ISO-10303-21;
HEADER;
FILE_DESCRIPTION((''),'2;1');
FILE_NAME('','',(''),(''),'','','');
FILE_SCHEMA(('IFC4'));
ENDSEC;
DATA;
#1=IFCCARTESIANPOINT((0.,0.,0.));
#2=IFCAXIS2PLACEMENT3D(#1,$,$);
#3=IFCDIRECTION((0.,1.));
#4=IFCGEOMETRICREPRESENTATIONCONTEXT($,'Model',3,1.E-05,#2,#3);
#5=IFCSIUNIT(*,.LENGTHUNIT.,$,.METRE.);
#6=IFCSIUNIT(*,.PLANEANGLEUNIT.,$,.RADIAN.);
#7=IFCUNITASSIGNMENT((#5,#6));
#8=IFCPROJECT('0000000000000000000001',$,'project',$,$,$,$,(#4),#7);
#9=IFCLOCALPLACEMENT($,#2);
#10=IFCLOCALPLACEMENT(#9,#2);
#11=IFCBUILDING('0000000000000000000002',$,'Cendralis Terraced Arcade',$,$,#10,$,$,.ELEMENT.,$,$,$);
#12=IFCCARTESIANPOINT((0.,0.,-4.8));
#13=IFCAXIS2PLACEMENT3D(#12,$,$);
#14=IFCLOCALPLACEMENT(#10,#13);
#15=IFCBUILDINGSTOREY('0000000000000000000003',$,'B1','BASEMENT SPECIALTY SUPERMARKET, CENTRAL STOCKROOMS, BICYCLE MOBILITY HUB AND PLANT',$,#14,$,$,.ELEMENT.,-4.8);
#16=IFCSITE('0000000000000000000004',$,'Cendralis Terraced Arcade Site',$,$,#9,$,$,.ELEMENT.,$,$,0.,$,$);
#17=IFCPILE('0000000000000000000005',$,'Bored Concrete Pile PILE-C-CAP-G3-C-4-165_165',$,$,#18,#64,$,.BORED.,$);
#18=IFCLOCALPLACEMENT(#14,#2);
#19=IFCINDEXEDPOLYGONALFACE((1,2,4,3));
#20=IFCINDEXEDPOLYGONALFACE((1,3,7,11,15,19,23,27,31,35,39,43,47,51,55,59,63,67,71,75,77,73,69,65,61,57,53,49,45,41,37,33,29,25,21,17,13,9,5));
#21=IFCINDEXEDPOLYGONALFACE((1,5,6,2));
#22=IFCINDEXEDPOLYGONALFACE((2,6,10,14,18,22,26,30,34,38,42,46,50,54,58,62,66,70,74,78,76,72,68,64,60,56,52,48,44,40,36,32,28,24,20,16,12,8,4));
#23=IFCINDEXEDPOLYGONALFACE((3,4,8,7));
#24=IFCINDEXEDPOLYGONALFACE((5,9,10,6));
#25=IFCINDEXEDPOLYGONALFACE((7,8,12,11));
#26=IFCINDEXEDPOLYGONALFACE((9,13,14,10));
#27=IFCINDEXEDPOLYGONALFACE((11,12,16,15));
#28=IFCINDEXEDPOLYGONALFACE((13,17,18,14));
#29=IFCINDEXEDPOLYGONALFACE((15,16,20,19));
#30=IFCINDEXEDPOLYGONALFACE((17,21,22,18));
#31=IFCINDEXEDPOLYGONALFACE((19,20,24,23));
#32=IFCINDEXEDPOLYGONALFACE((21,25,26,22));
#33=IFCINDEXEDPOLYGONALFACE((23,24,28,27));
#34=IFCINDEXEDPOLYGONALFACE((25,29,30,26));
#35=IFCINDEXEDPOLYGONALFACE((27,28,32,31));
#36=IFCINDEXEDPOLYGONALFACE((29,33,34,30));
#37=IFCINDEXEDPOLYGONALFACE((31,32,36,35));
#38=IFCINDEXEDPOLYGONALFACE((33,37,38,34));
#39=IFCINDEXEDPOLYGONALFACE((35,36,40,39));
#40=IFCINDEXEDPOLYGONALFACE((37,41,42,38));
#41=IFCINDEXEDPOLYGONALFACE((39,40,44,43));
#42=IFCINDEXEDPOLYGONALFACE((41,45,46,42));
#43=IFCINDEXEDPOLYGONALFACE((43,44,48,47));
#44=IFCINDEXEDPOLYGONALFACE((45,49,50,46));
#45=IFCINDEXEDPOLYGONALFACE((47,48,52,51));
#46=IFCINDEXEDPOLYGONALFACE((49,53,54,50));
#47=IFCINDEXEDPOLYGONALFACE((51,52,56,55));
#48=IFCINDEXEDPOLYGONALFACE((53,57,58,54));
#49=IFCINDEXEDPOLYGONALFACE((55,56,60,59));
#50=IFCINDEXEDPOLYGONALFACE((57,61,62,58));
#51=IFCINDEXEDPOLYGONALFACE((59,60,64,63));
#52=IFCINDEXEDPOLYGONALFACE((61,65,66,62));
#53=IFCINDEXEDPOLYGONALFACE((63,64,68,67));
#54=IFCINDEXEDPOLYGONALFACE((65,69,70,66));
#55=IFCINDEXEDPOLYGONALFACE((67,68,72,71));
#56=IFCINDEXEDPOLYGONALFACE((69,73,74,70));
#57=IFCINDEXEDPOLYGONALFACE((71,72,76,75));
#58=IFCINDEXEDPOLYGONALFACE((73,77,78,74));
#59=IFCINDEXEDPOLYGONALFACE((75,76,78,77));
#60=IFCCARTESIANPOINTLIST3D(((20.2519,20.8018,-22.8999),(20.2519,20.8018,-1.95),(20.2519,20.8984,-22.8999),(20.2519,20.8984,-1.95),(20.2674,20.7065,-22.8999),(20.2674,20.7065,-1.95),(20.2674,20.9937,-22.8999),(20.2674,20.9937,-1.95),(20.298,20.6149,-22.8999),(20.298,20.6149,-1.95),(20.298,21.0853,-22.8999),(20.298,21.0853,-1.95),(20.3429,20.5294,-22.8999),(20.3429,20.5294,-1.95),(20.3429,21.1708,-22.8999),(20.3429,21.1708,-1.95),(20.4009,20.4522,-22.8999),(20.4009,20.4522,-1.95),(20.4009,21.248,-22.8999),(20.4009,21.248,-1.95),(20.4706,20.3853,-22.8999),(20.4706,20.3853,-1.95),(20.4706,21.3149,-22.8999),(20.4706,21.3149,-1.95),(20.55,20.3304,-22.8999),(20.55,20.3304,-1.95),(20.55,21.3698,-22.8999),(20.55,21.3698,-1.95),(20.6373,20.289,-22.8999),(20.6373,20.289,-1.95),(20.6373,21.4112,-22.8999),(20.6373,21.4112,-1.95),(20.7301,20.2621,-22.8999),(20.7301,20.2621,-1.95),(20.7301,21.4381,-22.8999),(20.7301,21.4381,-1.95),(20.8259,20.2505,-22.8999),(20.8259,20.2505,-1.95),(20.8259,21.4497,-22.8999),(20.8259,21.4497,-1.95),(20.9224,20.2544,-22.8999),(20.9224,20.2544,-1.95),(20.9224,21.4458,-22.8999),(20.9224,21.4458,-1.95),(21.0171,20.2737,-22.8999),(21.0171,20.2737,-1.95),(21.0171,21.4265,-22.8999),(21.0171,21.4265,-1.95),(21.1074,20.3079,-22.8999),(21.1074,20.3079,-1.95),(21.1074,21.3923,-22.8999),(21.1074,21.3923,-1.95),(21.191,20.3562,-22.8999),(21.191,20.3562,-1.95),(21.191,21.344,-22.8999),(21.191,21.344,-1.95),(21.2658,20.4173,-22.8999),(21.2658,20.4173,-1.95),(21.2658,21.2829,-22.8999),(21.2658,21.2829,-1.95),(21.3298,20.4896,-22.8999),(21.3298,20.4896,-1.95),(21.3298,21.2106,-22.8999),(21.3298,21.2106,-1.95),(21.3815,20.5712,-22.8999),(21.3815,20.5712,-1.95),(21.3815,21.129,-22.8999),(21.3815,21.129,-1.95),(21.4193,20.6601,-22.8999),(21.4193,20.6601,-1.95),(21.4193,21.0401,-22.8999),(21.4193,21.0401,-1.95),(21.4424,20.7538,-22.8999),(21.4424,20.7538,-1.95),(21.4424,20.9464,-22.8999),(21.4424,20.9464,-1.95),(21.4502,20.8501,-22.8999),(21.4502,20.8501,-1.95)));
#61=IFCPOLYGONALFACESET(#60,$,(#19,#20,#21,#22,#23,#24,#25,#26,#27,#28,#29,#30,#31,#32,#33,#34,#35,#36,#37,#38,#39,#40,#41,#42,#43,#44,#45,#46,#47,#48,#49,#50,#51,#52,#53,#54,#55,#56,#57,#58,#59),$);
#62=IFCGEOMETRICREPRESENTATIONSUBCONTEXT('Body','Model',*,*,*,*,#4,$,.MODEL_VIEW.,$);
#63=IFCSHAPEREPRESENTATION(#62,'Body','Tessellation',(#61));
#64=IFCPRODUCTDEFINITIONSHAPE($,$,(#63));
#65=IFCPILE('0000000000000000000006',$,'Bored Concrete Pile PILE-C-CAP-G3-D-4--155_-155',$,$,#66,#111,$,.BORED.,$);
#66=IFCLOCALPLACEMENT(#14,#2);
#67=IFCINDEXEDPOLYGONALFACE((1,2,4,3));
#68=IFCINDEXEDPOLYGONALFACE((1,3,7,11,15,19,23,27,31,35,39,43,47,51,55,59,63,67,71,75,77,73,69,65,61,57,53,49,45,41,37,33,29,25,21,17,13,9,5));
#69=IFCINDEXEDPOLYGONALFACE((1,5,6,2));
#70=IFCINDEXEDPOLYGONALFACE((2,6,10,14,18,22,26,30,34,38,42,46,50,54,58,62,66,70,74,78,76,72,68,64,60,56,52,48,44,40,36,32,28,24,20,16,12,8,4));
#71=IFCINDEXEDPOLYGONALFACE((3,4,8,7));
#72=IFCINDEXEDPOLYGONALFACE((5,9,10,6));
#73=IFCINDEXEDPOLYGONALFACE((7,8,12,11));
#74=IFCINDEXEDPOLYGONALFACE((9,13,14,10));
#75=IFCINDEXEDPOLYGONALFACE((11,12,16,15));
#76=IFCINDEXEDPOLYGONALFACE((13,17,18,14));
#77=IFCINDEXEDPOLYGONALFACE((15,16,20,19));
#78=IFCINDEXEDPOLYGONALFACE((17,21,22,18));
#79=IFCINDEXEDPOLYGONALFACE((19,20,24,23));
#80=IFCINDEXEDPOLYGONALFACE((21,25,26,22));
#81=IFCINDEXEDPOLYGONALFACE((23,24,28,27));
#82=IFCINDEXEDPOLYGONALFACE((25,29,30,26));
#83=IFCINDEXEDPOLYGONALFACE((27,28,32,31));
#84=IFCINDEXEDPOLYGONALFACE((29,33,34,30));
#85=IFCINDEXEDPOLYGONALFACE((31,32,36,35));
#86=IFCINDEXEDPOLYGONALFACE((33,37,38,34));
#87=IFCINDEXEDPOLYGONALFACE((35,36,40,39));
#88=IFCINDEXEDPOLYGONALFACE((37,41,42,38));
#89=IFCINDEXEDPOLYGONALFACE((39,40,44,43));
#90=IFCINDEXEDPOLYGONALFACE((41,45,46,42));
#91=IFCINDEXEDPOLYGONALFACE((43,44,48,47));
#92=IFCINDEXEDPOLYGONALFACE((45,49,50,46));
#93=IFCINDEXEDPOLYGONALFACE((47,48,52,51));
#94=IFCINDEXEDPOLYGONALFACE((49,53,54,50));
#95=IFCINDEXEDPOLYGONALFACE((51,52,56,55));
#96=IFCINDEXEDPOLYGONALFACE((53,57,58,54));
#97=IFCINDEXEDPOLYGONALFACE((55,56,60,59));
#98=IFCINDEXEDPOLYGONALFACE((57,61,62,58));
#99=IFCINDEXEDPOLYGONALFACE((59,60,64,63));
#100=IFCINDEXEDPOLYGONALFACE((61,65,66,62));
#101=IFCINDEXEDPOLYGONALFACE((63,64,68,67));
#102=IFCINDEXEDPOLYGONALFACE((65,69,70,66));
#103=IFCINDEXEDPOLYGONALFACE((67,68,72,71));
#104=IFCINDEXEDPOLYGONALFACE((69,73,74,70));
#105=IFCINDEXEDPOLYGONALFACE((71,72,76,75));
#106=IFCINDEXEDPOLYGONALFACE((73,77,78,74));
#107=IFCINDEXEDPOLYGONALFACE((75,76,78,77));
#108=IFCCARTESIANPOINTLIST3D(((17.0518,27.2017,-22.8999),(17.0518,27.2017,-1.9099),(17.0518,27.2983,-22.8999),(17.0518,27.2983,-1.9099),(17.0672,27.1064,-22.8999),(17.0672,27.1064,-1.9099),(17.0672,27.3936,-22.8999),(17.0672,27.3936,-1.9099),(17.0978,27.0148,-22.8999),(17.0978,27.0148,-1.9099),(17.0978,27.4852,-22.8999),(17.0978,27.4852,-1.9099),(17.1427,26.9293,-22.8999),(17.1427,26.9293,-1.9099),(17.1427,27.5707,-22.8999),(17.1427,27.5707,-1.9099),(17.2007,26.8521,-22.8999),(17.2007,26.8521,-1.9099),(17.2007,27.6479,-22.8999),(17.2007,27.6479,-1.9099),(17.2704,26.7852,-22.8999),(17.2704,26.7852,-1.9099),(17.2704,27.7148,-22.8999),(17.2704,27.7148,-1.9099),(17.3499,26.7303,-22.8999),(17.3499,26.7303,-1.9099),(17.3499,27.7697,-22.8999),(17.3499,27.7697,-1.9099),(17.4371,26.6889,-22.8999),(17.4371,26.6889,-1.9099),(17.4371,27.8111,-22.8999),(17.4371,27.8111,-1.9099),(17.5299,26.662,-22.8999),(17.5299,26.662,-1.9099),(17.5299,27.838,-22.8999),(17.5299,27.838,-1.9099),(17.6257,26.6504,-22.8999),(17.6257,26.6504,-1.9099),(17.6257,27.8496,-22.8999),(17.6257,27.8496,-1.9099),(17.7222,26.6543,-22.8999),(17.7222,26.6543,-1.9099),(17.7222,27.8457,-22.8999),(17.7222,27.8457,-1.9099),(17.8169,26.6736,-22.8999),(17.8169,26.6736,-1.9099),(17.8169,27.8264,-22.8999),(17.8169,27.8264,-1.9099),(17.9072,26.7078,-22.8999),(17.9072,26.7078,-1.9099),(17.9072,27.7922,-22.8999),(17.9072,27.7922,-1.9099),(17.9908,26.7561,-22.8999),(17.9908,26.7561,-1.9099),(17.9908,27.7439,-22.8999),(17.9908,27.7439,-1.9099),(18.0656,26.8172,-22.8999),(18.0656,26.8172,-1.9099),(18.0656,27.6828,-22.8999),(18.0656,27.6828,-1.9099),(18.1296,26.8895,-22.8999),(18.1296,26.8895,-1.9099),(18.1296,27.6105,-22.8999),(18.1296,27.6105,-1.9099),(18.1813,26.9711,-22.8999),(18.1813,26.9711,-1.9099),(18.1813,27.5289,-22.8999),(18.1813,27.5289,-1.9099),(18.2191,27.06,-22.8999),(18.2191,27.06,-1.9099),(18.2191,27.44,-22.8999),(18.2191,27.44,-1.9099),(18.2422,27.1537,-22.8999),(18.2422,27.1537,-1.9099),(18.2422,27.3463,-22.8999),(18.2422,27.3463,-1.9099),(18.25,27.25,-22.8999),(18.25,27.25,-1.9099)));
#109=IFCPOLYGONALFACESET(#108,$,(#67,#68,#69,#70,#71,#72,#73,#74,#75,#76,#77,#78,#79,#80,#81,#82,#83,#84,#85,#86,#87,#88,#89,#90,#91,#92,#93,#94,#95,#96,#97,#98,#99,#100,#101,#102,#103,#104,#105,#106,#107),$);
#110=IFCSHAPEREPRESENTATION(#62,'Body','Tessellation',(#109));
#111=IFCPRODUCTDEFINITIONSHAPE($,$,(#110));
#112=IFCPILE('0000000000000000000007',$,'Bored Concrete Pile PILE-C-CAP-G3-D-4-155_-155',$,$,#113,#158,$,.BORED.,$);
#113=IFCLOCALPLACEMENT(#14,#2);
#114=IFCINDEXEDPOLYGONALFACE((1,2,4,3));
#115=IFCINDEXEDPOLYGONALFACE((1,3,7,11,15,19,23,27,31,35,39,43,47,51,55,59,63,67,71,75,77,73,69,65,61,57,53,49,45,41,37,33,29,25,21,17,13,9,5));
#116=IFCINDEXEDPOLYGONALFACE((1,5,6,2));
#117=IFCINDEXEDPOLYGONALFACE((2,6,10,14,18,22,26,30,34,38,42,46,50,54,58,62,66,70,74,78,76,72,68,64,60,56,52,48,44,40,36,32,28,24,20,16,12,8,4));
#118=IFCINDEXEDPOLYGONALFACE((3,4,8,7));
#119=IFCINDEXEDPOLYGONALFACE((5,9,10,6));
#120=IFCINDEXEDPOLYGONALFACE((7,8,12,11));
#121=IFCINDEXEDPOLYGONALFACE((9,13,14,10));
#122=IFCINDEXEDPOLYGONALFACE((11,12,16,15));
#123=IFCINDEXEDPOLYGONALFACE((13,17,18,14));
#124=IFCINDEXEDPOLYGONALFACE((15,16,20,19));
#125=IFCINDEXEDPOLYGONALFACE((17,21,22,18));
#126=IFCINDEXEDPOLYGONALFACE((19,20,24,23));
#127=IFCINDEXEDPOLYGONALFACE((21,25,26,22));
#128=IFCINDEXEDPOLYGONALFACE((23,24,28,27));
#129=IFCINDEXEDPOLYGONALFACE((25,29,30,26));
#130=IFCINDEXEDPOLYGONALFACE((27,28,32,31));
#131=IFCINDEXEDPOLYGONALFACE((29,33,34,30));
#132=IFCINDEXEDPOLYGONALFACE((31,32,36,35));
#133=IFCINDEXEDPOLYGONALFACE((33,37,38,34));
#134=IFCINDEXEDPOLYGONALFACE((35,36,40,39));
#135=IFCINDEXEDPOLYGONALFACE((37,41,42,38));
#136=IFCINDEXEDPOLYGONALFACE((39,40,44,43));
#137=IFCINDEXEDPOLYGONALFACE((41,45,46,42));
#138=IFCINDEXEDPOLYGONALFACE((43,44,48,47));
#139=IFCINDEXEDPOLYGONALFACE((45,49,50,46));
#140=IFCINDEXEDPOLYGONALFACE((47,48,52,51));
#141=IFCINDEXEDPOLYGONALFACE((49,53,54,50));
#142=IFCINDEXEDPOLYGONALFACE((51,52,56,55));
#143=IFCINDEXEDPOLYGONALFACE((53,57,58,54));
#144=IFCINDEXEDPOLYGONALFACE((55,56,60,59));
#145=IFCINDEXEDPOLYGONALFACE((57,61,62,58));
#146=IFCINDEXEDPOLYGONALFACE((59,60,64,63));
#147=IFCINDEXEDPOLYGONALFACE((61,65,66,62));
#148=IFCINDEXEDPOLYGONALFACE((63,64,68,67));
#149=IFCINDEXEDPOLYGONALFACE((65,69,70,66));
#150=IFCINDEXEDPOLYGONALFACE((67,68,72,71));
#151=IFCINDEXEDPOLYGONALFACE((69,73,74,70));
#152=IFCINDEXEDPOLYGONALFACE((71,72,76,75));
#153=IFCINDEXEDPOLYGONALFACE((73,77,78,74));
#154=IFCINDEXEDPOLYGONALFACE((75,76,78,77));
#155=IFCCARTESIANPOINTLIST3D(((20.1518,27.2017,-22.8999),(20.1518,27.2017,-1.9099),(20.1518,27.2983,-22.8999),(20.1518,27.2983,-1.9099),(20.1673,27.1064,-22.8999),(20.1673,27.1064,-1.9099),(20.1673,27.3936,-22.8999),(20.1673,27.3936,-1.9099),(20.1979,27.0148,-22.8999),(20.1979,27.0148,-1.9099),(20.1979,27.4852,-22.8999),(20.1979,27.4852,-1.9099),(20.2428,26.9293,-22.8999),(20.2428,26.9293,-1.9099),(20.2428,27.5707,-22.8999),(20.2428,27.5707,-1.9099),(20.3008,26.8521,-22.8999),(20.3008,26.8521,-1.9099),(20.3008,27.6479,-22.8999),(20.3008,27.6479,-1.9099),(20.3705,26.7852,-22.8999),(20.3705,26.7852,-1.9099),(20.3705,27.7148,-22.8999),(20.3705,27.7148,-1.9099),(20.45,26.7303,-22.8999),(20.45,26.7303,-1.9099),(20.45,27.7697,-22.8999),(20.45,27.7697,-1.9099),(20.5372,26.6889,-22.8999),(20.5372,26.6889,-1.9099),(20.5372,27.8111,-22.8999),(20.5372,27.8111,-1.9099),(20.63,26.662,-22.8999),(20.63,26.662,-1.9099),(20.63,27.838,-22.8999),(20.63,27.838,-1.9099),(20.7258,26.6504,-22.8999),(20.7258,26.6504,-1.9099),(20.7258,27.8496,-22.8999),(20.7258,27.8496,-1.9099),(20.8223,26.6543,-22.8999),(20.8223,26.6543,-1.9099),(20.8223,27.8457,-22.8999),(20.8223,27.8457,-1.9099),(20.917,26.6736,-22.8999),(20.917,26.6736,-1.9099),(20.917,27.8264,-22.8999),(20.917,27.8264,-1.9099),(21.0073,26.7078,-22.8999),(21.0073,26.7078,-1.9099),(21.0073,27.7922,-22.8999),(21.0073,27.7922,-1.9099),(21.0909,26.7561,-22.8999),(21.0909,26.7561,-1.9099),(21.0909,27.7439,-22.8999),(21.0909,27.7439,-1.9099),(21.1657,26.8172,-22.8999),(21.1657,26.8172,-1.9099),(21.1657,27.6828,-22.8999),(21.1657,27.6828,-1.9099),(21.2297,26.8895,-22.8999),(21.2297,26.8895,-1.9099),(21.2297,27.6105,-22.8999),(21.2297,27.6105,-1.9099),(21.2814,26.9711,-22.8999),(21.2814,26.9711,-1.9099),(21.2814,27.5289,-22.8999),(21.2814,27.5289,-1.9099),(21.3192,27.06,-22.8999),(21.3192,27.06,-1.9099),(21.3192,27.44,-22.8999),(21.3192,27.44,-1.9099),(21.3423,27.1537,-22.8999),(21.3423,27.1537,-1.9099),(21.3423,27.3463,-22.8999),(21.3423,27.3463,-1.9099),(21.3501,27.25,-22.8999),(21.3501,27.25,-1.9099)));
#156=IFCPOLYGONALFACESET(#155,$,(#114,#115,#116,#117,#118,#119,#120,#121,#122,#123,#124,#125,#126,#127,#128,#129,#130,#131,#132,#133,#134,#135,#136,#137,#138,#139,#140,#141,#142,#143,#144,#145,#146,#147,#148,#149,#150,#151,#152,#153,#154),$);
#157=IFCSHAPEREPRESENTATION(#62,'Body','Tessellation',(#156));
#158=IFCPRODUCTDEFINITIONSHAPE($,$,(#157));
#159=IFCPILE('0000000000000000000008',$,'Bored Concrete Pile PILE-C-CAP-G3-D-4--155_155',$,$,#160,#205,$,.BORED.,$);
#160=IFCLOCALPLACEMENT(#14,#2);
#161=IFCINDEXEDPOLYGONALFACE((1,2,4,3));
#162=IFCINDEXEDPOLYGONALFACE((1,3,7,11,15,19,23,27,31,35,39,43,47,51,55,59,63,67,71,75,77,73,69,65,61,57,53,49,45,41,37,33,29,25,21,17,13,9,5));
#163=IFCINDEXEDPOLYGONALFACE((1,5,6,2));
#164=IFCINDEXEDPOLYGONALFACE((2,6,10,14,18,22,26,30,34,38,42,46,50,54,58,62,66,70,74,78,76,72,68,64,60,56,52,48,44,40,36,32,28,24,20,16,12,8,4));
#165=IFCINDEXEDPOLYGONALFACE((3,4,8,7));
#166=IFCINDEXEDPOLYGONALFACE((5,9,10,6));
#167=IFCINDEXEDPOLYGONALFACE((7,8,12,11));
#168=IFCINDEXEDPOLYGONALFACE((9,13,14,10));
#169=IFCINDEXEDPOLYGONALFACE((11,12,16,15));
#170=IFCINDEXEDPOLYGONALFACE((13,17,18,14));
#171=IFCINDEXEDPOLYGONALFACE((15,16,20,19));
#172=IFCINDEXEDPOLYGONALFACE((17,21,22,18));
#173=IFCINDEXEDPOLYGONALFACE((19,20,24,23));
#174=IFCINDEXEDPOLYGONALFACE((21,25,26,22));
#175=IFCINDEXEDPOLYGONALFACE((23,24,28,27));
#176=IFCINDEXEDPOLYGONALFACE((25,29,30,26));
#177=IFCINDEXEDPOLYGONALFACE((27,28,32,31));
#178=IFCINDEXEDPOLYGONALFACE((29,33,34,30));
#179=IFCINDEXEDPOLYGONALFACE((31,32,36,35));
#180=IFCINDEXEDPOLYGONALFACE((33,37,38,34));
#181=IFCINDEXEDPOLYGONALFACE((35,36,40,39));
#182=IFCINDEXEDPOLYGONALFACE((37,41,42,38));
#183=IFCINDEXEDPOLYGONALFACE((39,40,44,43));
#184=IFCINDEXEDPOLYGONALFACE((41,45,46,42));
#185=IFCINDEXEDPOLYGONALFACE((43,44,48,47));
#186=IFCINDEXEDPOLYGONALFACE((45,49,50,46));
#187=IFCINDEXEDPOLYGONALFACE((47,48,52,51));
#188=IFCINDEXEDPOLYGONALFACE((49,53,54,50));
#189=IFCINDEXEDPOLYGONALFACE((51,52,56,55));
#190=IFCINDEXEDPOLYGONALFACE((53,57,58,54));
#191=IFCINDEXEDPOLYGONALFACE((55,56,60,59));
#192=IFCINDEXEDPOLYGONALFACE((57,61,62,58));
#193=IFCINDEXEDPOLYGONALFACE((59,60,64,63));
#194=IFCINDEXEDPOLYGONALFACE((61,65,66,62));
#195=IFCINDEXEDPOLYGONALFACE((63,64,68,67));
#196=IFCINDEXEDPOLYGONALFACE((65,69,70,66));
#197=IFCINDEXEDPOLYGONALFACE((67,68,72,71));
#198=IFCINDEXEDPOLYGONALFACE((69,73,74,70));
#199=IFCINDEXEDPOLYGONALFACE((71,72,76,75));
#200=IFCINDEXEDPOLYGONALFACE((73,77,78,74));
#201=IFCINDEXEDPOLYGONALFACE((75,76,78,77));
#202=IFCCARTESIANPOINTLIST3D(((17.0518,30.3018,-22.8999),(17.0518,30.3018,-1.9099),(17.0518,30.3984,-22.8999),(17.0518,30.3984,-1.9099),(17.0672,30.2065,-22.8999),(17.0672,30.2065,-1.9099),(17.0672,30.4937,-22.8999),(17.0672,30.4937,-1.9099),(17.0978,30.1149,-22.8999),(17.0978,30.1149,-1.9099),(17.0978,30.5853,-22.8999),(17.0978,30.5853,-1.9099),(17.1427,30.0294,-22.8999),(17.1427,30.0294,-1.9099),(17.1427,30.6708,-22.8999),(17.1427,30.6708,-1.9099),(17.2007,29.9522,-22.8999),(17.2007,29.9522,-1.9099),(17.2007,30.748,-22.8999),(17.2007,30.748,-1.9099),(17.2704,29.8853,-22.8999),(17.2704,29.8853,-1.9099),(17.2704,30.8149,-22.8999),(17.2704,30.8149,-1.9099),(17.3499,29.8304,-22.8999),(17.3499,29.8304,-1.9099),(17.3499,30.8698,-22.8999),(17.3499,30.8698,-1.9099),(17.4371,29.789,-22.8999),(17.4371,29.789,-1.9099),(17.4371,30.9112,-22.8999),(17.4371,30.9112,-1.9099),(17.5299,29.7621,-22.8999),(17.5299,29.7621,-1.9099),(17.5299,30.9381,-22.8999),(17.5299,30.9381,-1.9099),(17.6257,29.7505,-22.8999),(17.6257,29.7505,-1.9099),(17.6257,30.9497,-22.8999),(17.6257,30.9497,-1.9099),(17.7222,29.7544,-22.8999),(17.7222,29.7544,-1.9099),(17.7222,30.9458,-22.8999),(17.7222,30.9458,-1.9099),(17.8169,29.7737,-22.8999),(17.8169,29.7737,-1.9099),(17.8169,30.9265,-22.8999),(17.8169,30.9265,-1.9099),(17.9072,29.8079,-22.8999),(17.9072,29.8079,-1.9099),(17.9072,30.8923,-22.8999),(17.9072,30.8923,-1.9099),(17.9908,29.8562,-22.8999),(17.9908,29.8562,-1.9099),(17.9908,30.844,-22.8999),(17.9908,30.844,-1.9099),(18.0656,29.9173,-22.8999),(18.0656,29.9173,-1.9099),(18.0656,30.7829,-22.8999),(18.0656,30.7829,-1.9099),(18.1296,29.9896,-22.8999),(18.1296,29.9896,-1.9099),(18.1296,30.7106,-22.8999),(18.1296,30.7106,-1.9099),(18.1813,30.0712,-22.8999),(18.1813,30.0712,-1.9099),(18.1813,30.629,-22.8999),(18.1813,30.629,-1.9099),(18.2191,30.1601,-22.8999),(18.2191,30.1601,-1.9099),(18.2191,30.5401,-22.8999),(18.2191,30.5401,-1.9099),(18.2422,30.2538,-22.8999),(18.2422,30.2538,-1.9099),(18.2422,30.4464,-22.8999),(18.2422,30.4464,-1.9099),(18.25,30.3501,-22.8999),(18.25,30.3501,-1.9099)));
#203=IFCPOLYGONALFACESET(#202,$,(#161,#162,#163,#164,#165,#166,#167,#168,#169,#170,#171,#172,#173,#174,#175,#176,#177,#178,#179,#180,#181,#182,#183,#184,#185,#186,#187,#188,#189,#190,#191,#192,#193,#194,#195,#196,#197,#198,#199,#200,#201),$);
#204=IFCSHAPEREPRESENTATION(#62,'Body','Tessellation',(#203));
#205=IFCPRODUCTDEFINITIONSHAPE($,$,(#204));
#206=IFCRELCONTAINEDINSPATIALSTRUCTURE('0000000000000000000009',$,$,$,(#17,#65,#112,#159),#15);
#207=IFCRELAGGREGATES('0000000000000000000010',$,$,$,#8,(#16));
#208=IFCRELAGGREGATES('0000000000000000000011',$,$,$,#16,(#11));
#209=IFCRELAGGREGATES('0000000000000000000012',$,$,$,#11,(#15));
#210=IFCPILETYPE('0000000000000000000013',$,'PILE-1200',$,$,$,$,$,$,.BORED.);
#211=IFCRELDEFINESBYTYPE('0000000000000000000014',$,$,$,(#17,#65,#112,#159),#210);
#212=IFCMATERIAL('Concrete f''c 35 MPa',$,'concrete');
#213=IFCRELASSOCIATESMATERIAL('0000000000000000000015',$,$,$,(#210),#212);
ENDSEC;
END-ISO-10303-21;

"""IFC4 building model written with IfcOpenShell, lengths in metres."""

from ifc_helpers import new_model, si_unit, direction, frame, origin, origin_2d, place, context, subcontext, project, spatial, circle, extrude, material, material_profile, profile_set, type_object, element, save


model = new_model("IFC4")

# Units and contexts
model_context = context("Model", 3, precision=1e-05, world=origin(), true_north=direction((0.0, 1.0)))
body_context = subcontext(model_context, "Body", "Model", "MODEL_VIEW")
ifc_project = project(units=[si_unit("LENGTHUNIT", "METRE"), si_unit("PLANEANGLEUNIT", "RADIAN")], contexts=[model_context])

# Site, building, storey
site_placement = place(None, origin())
site = spatial("IfcSite", under=ifc_project, at=site_placement, Name="Cendralis Terraced Arcade Site", CompositionType="ELEMENT", RefElevation=0.0)
building_placement = place(site_placement, origin())
building = spatial("IfcBuilding", under=site, at=building_placement, Name="Cendralis Terraced Arcade", CompositionType="ELEMENT")
storey_placement = place(building_placement, frame((0.0, 0.0, -4.8)))
storey = spatial("IfcBuildingStorey", under=building, at=storey_placement, Name="B1", Description="BASEMENT SPECIALTY SUPERMARKET, CENTRAL STOCKROOMS, BICYCLE MOBILITY HUB AND PLANT", CompositionType="ELEMENT", Elevation=-4.8)

# Shared definitions
ifc_material_1 = material(Name="Concrete f'c 35 MPa", Category="concrete")

# Piles
ifc_material_profile_1 = material_profile(ifc_material_1, circle(Radius=0.6001, at=origin_2d()), Name="PILE-D1200", Category="LoadBearing")
ifc_profile_set_1 = profile_set([ifc_material_profile_1], Name="Concrete f'c 35 MPa")
pile_type_1 = type_object("IfcPileType", Name="PILE-1200", PredefinedType="BORED", material=ifc_profile_set_1)
for number, where, z_axis, x_axis, name in (
    (1, (20.8501, 20.8501, -1.95), (0.0, 0.0, -1.0), (1.0, 0.0, 0.0), "Bored Concrete Pile PILE-C-CAP-G3-C-4-165_165"),
):
    element("IfcPile", number, at=place(storey_placement, frame(where, z_axis=z_axis, x_axis=x_axis)), inside=storey, type_object=pile_type_1, Name=name, PredefinedType="BORED", context=body_context, shape_type="SweptSolid", body=[
        extrude(circle(Radius=0.6001, at=origin_2d()), origin(), (0.0, 0.0, 1.0), 20.95),
    ])
for number, where, z_axis, x_axis, name in (
    (2, (17.6499, 27.25, -1.9099), (0.0, 0.0, -1.0), (1.0, 0.0, 0.0), "Bored Concrete Pile PILE-C-CAP-G3-D-4--155_-155"),
    (3, (20.75, 27.25, -1.9099), (0.0, 0.0, -1.0), (1.0, 0.0, 0.0), "Bored Concrete Pile PILE-C-CAP-G3-D-4-155_-155"),
    (4, (17.6499, 30.3501, -1.9099), (0.0, 0.0, -1.0), (1.0, 0.0, 0.0), "Bored Concrete Pile PILE-C-CAP-G3-D-4--155_155"),
):
    element("IfcPile", number, at=place(storey_placement, frame(where, z_axis=z_axis, x_axis=x_axis)), inside=storey, type_object=pile_type_1, Name=name, PredefinedType="BORED", context=body_context, shape_type="SweptSolid", body=[
        extrude(circle(Radius=0.6001, at=origin_2d()), origin(), (0.0, 0.0, 1.0), 20.99),
    ])

save(model, "model.ifc")
